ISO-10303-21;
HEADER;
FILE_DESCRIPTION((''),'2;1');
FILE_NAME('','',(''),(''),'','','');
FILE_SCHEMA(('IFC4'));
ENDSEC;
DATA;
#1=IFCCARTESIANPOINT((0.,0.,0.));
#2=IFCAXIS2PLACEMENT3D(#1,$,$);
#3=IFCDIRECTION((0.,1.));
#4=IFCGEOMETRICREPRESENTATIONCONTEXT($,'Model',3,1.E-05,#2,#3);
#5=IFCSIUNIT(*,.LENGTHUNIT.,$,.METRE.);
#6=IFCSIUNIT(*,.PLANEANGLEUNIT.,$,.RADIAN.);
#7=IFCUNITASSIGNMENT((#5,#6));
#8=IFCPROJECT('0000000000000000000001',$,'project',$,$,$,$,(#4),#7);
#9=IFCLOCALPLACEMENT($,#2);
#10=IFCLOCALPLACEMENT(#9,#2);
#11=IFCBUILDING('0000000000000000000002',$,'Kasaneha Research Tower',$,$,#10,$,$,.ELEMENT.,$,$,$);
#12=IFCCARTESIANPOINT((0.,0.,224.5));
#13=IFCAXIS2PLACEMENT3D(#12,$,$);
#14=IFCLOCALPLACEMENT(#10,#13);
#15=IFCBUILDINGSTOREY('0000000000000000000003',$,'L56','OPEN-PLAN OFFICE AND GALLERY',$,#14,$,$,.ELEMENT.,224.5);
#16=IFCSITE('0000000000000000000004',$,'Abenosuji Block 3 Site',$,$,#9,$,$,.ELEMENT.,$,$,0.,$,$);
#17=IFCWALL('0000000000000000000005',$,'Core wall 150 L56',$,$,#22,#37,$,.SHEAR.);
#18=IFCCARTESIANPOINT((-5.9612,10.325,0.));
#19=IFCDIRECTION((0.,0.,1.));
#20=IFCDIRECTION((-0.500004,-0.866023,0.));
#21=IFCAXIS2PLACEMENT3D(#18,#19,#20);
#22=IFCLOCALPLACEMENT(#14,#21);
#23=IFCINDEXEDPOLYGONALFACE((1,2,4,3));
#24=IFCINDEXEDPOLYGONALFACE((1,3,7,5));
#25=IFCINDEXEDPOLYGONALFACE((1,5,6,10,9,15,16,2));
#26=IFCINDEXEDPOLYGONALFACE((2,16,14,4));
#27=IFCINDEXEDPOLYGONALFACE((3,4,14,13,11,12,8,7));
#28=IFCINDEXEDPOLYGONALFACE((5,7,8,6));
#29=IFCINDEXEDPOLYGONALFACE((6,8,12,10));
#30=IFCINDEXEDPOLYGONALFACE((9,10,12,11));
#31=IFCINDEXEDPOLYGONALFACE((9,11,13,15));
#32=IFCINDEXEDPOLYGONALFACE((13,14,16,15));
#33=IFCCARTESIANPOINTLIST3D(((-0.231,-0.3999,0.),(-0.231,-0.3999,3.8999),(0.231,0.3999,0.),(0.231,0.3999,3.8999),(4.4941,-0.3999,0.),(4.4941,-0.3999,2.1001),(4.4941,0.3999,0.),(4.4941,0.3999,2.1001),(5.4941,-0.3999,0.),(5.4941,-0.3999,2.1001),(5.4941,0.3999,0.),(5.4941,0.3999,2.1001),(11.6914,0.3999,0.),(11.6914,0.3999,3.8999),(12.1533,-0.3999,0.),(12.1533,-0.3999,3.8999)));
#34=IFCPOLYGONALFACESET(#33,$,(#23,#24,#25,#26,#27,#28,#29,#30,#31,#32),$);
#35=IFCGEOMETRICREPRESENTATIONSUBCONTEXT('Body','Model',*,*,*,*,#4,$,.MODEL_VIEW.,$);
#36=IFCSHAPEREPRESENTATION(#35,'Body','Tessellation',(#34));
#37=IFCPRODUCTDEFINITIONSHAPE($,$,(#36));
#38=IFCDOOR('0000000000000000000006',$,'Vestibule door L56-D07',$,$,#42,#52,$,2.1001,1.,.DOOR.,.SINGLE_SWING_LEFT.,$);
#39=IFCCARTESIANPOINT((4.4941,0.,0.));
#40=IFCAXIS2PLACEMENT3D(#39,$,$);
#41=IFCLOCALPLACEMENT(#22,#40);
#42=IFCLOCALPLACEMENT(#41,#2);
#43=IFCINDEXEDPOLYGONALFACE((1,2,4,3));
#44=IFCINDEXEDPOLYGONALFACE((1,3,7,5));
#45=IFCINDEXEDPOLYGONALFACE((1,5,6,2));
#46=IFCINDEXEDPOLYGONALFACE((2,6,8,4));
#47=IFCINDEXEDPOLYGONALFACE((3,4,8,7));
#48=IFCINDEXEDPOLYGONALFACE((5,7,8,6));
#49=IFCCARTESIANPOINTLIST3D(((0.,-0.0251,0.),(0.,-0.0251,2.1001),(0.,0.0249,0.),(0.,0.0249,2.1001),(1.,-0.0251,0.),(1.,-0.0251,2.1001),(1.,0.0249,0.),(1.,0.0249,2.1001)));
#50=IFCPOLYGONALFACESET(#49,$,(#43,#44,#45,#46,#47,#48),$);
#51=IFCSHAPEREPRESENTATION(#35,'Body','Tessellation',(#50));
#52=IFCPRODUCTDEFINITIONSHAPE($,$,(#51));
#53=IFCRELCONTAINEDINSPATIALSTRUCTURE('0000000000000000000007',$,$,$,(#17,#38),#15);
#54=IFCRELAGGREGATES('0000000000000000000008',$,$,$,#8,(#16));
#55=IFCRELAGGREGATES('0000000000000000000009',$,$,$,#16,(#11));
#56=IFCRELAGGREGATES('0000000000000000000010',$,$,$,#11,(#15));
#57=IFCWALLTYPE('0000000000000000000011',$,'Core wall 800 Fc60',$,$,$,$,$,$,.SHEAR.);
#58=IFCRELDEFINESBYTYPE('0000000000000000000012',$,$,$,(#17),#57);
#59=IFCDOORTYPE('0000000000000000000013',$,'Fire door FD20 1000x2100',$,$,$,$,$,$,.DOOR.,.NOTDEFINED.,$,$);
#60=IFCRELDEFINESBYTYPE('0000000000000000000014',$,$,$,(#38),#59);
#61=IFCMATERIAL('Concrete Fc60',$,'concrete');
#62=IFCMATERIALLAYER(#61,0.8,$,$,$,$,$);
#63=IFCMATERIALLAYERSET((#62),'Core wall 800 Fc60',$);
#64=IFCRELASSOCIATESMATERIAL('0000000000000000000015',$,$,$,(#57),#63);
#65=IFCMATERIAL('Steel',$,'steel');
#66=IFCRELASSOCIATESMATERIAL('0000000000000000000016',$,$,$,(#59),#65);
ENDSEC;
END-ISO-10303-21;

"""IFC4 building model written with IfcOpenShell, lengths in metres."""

from ifc_helpers import new_model, si_unit, direction, frame, frame_2d, origin, place, context, subcontext, project, spatial, polyline, rectangle, outline, extrude, material, layer, layer_set, type_object, element, fill, save


model = new_model("IFC4")

# Units and contexts
model_context = context("Model", 3, precision=1e-05, world=origin(), true_north=direction((0.0, 1.0)))
body_context = subcontext(model_context, "Body", "Model", "MODEL_VIEW")
ifc_project = project(units=[si_unit("LENGTHUNIT", "METRE"), si_unit("PLANEANGLEUNIT", "RADIAN")], contexts=[model_context])

# Site, building, storey
site_placement = place(None, origin())
site = spatial("IfcSite", under=ifc_project, at=site_placement, Name="Abenosuji Block 3 Site", CompositionType="ELEMENT", RefElevation=0.0)
building_placement = place(site_placement, origin())
building = spatial("IfcBuilding", under=site, at=building_placement, Name="Kasaneha Research Tower", CompositionType="ELEMENT")
storey_placement = place(building_placement, frame((0.0, 0.0, 224.5)))
storey = spatial("IfcBuildingStorey", under=building, at=storey_placement, Name="L56", Description="OPEN-PLAN OFFICE AND GALLERY", CompositionType="ELEMENT", Elevation=224.5)

# Wall, opening, door
ifc_material_1 = material(Name="Concrete Fc60", Category="concrete")
ifc_layer_1 = layer(ifc_material_1, 0.8)
ifc_layer_set_1 = layer_set([ifc_layer_1], Name="Core wall 800 Fc60")
wall_type_1 = type_object("IfcWallType", Name="Core wall 800 Fc60", PredefinedType="SHEAR", material=ifc_layer_set_1)
wall_1_placement = place(storey_placement, frame((-5.9612, 10.325, 0.0), z_axis=(0.0, 0.0, 1.0), x_axis=(-0.500004, -0.866023, 0.0)))
wall_1 = element("IfcWall", 1, at=wall_1_placement, inside=storey, type_object=wall_type_1, Name="Core wall 150 L56", PredefinedType="SHEAR", context=body_context, shape_type="SweptSolid", body=[
    extrude(outline(polyline([(-0.231, -0.3999), (4.4941, -0.3999), (5.4941, -0.3999), (12.1533, -0.3999), (11.6914, 0.3999), (5.4941, 0.3999), (4.4941, 0.3999), (0.231, 0.3999), (-0.231, -0.3999)])), origin(), (0.0, 0.0, 1.0), 3.8999),
])
opening_1_placement = place(wall_1_placement, frame((4.4941, 0.0, 0.0)))
opening_1 = element("IfcOpeningElement", 2, at=opening_1_placement, cuts=wall_1, PredefinedType="OPENING", context=body_context, shape_type="SweptSolid", body=[
    extrude(rectangle(XDim=1.0, YDim=2.1001, at=frame_2d((0.5, 1.05))), frame((0.0, 0.4102, 0.0), z_axis=(0.0, -1.0, 0.0), x_axis=(1.0, 0.0, 0.0)), (0.0, 0.0, 1.0), 0.8201),
])
ifc_material_2 = material(Name="Steel", Category="steel")
door_type_1 = type_object("IfcDoorType", Name="Fire door FD20 1000x2100", OperationType="NOTDEFINED", PredefinedType="DOOR", material=ifc_material_2)
door_1_placement = place(opening_1_placement, origin())
door_1 = element("IfcDoor", 3, at=door_1_placement, inside=storey, type_object=door_type_1, Name="Vestibule door L56-D07", OperationType="SINGLE_SWING_LEFT", OverallHeight=2.1001, OverallWidth=1.0, PredefinedType="DOOR", context=body_context, shape_type="SweptSolid", body=[
    extrude(rectangle(XDim=1.0, YDim=2.1001, at=frame_2d((0.5, 1.05))), frame((0.0, 0.0249, 0.0), z_axis=(0.0, -1.0, 0.0), x_axis=(1.0, 0.0, 0.0)), (0.0, 0.0, 1.0), 0.05),
])
fill(opening_1, door_1)

save(model, "model.ifc")
